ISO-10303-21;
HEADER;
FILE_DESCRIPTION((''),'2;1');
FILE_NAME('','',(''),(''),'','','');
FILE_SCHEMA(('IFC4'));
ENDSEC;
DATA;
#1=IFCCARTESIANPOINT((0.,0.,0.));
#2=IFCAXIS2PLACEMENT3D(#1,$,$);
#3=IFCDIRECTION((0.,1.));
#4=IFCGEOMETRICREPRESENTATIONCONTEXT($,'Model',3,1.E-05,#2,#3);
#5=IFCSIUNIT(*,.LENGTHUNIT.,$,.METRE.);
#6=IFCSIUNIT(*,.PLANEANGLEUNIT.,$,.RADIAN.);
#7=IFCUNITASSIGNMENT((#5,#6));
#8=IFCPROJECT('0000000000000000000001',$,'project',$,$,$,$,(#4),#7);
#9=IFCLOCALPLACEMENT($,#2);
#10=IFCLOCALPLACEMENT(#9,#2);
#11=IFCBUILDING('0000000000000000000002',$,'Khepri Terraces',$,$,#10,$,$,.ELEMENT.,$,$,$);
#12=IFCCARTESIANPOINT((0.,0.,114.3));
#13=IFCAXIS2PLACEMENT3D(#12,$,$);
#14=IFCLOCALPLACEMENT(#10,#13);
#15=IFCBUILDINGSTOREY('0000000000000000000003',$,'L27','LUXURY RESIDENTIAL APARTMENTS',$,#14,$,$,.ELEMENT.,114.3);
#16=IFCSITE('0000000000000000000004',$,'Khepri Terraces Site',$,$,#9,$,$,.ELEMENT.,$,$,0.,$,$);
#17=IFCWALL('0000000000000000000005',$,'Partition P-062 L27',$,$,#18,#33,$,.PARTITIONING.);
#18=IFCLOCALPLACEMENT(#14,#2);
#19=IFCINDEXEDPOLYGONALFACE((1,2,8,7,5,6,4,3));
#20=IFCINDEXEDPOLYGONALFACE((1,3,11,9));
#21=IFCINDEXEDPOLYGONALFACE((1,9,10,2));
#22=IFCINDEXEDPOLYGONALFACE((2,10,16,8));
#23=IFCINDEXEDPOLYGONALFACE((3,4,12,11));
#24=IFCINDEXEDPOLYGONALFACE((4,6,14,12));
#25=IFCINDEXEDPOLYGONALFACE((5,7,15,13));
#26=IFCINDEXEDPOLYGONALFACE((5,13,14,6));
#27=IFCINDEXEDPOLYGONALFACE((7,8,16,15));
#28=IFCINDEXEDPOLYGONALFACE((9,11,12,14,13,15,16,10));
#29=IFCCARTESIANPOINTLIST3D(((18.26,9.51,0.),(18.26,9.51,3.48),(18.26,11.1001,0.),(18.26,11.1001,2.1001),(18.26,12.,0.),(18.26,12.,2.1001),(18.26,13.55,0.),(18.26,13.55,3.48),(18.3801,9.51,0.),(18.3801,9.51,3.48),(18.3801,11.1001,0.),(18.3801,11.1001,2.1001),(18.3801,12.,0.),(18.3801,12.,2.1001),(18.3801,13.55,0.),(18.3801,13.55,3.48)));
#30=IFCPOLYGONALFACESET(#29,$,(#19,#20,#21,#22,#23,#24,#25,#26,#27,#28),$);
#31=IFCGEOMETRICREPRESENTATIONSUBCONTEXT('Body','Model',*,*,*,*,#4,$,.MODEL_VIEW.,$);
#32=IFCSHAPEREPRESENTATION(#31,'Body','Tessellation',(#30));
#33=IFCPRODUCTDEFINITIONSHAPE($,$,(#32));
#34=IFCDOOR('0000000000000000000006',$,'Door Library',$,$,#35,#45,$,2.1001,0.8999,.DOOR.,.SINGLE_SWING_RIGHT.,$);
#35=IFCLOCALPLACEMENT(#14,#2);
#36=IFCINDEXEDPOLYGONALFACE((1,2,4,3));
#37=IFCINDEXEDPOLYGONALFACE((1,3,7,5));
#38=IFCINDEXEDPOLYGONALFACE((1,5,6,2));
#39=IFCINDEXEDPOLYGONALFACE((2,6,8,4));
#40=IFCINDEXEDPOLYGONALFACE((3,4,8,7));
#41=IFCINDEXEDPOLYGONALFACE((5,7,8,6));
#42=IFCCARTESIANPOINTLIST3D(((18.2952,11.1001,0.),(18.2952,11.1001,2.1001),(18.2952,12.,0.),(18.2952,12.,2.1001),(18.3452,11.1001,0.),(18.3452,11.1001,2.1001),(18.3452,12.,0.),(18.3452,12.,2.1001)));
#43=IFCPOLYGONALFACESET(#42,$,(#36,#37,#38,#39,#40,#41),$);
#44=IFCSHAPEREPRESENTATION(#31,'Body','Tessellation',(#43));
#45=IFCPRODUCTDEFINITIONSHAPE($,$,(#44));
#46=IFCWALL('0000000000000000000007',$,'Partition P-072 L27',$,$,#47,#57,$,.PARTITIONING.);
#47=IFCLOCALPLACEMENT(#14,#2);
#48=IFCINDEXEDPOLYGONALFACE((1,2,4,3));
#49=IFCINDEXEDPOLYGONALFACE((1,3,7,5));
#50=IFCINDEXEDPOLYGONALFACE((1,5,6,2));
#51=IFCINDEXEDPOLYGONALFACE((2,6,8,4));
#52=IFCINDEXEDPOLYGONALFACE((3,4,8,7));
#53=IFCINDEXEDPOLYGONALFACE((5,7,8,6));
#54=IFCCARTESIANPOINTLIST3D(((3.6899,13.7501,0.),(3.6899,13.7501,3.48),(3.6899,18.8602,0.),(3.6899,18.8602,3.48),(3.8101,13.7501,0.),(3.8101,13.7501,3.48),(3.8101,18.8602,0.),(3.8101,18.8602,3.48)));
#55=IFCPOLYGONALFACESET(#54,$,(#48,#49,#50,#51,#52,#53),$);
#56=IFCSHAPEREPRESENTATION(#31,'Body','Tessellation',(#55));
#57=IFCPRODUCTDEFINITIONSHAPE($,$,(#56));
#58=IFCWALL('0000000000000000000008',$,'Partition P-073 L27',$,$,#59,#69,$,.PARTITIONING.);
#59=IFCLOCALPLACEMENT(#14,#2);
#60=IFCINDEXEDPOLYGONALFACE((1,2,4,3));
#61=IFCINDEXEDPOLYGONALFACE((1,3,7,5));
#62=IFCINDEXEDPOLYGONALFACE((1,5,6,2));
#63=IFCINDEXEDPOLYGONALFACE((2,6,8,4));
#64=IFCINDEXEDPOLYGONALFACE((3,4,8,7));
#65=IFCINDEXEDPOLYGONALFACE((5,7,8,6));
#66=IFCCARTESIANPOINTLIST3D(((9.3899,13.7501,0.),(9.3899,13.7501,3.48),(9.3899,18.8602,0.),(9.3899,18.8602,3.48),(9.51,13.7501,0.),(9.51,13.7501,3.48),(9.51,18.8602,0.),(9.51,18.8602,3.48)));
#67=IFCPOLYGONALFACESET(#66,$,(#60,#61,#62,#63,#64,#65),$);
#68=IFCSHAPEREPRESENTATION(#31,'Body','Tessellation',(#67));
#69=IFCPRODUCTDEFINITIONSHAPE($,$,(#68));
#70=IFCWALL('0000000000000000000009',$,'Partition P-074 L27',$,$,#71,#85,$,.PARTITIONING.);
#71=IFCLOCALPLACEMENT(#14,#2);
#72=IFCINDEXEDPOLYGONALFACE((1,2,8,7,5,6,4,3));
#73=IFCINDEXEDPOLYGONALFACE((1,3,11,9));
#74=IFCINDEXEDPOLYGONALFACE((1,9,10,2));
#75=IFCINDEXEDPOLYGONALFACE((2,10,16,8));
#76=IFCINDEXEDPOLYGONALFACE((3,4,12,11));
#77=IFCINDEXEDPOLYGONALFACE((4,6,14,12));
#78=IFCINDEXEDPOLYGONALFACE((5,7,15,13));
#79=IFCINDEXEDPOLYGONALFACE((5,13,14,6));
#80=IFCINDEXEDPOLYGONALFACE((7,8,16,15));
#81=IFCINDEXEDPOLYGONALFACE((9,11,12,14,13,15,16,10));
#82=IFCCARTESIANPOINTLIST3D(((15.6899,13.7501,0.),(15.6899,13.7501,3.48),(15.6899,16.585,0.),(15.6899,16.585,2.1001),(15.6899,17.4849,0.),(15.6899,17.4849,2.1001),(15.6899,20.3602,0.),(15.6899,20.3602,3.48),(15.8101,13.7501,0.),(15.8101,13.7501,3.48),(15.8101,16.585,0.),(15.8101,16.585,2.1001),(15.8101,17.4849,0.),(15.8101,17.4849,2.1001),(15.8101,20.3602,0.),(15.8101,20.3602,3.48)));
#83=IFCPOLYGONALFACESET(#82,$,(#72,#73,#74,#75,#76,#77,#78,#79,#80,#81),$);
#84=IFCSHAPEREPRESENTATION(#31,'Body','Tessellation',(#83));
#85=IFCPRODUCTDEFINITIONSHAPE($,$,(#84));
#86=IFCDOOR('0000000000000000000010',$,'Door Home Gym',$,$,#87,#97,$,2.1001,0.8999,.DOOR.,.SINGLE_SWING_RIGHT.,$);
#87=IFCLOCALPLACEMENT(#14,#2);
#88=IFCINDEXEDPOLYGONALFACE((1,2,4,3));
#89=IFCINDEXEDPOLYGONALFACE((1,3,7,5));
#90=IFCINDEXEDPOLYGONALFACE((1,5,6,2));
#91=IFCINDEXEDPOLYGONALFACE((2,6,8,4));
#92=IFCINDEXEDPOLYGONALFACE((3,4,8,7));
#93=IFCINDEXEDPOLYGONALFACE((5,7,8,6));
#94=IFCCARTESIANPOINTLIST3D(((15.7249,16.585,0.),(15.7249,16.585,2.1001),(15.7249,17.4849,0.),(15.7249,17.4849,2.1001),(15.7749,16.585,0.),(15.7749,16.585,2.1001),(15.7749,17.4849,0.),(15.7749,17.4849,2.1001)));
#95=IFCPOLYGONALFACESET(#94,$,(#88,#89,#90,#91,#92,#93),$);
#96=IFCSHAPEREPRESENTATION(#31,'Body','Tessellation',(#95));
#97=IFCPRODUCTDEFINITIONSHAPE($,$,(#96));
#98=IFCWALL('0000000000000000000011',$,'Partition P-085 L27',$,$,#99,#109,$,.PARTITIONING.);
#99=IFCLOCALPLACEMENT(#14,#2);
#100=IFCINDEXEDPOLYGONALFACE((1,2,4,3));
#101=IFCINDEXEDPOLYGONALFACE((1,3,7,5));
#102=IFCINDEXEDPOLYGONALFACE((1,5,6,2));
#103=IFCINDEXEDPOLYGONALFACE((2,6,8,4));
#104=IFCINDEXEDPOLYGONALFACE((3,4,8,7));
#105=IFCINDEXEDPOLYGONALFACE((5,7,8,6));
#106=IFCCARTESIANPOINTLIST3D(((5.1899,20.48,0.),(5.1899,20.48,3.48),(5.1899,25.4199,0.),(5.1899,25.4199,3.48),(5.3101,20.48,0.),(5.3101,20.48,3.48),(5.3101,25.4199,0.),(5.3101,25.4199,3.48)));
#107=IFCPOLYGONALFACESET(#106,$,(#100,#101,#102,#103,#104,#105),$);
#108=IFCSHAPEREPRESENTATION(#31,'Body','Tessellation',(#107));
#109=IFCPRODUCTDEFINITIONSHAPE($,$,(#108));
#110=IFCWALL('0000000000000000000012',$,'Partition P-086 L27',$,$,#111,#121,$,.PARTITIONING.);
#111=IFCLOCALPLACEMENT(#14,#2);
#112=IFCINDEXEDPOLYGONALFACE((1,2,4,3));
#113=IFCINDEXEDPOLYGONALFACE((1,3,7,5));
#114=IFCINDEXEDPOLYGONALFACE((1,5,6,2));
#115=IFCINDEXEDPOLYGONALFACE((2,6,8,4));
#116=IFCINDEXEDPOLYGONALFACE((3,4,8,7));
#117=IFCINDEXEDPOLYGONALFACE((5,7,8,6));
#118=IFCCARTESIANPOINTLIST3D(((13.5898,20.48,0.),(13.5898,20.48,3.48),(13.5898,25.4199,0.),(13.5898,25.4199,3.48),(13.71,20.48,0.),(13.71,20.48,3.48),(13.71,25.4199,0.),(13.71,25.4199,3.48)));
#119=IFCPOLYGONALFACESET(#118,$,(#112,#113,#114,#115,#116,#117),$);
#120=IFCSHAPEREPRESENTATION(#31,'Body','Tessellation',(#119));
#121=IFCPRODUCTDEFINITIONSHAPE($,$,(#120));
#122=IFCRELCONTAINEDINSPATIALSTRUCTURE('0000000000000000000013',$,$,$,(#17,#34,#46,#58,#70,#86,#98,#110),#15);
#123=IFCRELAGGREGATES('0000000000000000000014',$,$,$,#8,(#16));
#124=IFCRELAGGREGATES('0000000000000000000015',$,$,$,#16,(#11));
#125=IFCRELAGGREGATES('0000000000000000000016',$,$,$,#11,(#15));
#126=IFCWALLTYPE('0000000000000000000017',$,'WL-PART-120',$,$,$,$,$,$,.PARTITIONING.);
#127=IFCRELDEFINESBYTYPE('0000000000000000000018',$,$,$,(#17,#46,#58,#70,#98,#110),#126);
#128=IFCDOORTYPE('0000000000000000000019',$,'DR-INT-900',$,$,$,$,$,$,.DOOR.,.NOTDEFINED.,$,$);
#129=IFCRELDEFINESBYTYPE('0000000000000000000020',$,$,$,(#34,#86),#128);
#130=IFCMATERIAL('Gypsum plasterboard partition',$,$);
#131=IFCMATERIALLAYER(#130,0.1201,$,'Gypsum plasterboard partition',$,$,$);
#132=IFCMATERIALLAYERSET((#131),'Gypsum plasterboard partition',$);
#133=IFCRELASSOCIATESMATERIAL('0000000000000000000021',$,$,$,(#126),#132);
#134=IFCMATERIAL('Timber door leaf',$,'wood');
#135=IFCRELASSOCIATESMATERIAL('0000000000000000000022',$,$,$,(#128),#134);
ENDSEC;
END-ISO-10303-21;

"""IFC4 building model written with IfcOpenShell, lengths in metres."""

from ifc_helpers import new_model, si_unit, direction, frame, frame_2d, origin, place, context, subcontext, project, spatial, rectangle, extrude, material, layer, layer_set, type_object, element, fill, save


model = new_model("IFC4")

# Units and contexts
model_context = context("Model", 3, precision=1e-05, world=origin(), true_north=direction((0.0, 1.0)))
body_context = subcontext(model_context, "Body", "Model", "MODEL_VIEW")
ifc_project = project(units=[si_unit("LENGTHUNIT", "METRE"), si_unit("PLANEANGLEUNIT", "RADIAN")], contexts=[model_context])

# Site, building, storey
site_placement = place(None, origin())
site = spatial("IfcSite", under=ifc_project, at=site_placement, Name="Khepri Terraces Site", CompositionType="ELEMENT", RefElevation=0.0)
building_placement = place(site_placement, origin())
building = spatial("IfcBuilding", under=site, at=building_placement, Name="Khepri Terraces", CompositionType="ELEMENT")
storey_placement = place(building_placement, frame((0.0, 0.0, 114.3)))
storey = spatial("IfcBuildingStorey", under=building, at=storey_placement, Name="L27", Description="LUXURY RESIDENTIAL APARTMENTS", CompositionType="ELEMENT", Elevation=114.3)

# Shared definitions
ifc_material_1 = material(Name="Gypsum plasterboard partition")
ifc_layer_1 = layer(ifc_material_1, 0.1201, Name="Gypsum plasterboard partition")
ifc_layer_set_1 = layer_set([ifc_layer_1], Name="Gypsum plasterboard partition")
wall_type_1 = type_object("IfcWallType", Name="WL-PART-120", PredefinedType="PARTITIONING", material=ifc_layer_set_1)

# Wall, opening, door
wall_1_placement = place(storey_placement, frame((18.3201, 9.51, 0.0), z_axis=(0.0, 0.0, 1.0), x_axis=(0.0, 1.0, 0.0)))
wall_1 = element("IfcWall", 1, at=wall_1_placement, inside=storey, type_object=wall_type_1, Name="Partition P-062 L27", PredefinedType="PARTITIONING", context=body_context, shape_type="SweptSolid", body=[
    extrude(rectangle(XDim=4.04, YDim=0.1201, at=frame_2d((2.02, 0.0))), origin(), (0.0, 0.0, 1.0), 3.48),
])
opening_1_placement = place(wall_1_placement, frame((1.5901, 0.0, 0.0)))
opening_1 = element("IfcOpeningElement", 2, at=opening_1_placement, cuts=wall_1, PredefinedType="OPENING", context=body_context, shape_type="SweptSolid", body=[
    extrude(rectangle(XDim=0.8999, YDim=2.1001, at=frame_2d((0.45, 1.05))), frame((0.0, 0.0701, 0.0), z_axis=(0.0, -1.0, 0.0), x_axis=(1.0, 0.0, 0.0)), (0.0, 0.0, 1.0), 0.1401),
])
ifc_material_2 = material(Name="Timber door leaf", Category="wood")
door_type_1 = type_object("IfcDoorType", Name="DR-INT-900", OperationType="NOTDEFINED", PredefinedType="DOOR", material=ifc_material_2)
door_1_placement = place(opening_1_placement, origin())
door_1 = element("IfcDoor", 3, at=door_1_placement, inside=storey, type_object=door_type_1, Name="Door Library", OperationType="SINGLE_SWING_RIGHT", OverallHeight=2.1001, OverallWidth=0.8999, PredefinedType="DOOR", context=body_context, shape_type="SweptSolid", body=[
    extrude(rectangle(XDim=0.8999, YDim=2.1001, at=frame_2d((0.45, 1.05))), frame((0.0, 0.0249, 0.0), z_axis=(0.0, -1.0, 0.0), x_axis=(1.0, 0.0, 0.0)), (0.0, 0.0, 1.0), 0.05),
])
fill(opening_1, door_1)

# Walls
for number, where, z_axis, x_axis, name in (
    (4, (3.75, 13.75, 0.0), (0.0, 0.0, 1.0), (0.0, 1.0, 0.0), "Partition P-072 L27"),
    (5, (9.45, 13.75, 0.0), (0.0, 0.0, 1.0), (0.0, 1.0, 0.0), "Partition P-073 L27"),
):
    element("IfcWall", number, at=place(storey_placement, frame(where, z_axis=z_axis, x_axis=x_axis)), inside=storey, type_object=wall_type_1, Name=name, PredefinedType="PARTITIONING", context=body_context, shape_type="SweptSolid", body=[
        extrude(rectangle(XDim=5.1101, YDim=0.1201, at=frame_2d((2.5552, 0.0))), origin(), (0.0, 0.0, 1.0), 3.48),
    ])

# Wall, opening, door
wall_2_placement = place(storey_placement, frame((15.75, 13.75, 0.0), z_axis=(0.0, 0.0, 1.0), x_axis=(0.0, 1.0, 0.0)))
wall_2 = element("IfcWall", 6, at=wall_2_placement, inside=storey, type_object=wall_type_1, Name="Partition P-074 L27", PredefinedType="PARTITIONING", context=body_context, shape_type="SweptSolid", body=[
    extrude(rectangle(XDim=6.6101, YDim=0.1201, at=frame_2d((3.3052, 0.0))), origin(), (0.0, 0.0, 1.0), 3.48),
])
opening_2_placement = place(wall_2_placement, frame((2.835, 0.0, 0.0)))
opening_2 = element("IfcOpeningElement", 7, at=opening_2_placement, cuts=wall_2, PredefinedType="OPENING", context=body_context, shape_type="SweptSolid", body=[
    extrude(rectangle(XDim=0.8999, YDim=2.1001, at=frame_2d((0.45, 1.05))), frame((0.0, 0.0701, 0.0), z_axis=(0.0, -1.0, 0.0), x_axis=(1.0, 0.0, 0.0)), (0.0, 0.0, 1.0), 0.1401),
])
door_2_placement = place(opening_2_placement, frame((0.8999, 0.0, 0.0), z_axis=(0.0, 0.0, 1.0), x_axis=(-1.0, 0.0, 0.0)))
door_2 = element("IfcDoor", 8, at=door_2_placement, inside=storey, type_object=door_type_1, Name="Door Home Gym", OperationType="SINGLE_SWING_RIGHT", OverallHeight=2.1001, OverallWidth=0.8999, PredefinedType="DOOR", context=body_context, shape_type="SweptSolid", body=[
    extrude(rectangle(XDim=0.8999, YDim=2.1001, at=frame_2d((0.45, 1.05))), frame((0.0, 0.0249, 0.0), z_axis=(0.0, -1.0, 0.0), x_axis=(1.0, 0.0, 0.0)), (0.0, 0.0, 1.0), 0.05),
])
fill(opening_2, door_2)

# Walls
for number, where, z_axis, x_axis, name in (
    (9, (5.25, 20.48, 0.0), (0.0, 0.0, 1.0), (0.0, 1.0, 0.0), "Partition P-085 L27"),
    (10, (13.6499, 20.48, 0.0), (0.0, 0.0, 1.0), (0.0, 1.0, 0.0), "Partition P-086 L27"),
):
    element("IfcWall", number, at=place(storey_placement, frame(where, z_axis=z_axis, x_axis=x_axis)), inside=storey, type_object=wall_type_1, Name=name, PredefinedType="PARTITIONING", context=body_context, shape_type="SweptSolid", body=[
        extrude(rectangle(XDim=4.9399, YDim=0.1201, at=frame_2d((2.47, 0.0))), origin(), (0.0, 0.0, 1.0), 3.48),
    ])

save(model, "model.ifc")
